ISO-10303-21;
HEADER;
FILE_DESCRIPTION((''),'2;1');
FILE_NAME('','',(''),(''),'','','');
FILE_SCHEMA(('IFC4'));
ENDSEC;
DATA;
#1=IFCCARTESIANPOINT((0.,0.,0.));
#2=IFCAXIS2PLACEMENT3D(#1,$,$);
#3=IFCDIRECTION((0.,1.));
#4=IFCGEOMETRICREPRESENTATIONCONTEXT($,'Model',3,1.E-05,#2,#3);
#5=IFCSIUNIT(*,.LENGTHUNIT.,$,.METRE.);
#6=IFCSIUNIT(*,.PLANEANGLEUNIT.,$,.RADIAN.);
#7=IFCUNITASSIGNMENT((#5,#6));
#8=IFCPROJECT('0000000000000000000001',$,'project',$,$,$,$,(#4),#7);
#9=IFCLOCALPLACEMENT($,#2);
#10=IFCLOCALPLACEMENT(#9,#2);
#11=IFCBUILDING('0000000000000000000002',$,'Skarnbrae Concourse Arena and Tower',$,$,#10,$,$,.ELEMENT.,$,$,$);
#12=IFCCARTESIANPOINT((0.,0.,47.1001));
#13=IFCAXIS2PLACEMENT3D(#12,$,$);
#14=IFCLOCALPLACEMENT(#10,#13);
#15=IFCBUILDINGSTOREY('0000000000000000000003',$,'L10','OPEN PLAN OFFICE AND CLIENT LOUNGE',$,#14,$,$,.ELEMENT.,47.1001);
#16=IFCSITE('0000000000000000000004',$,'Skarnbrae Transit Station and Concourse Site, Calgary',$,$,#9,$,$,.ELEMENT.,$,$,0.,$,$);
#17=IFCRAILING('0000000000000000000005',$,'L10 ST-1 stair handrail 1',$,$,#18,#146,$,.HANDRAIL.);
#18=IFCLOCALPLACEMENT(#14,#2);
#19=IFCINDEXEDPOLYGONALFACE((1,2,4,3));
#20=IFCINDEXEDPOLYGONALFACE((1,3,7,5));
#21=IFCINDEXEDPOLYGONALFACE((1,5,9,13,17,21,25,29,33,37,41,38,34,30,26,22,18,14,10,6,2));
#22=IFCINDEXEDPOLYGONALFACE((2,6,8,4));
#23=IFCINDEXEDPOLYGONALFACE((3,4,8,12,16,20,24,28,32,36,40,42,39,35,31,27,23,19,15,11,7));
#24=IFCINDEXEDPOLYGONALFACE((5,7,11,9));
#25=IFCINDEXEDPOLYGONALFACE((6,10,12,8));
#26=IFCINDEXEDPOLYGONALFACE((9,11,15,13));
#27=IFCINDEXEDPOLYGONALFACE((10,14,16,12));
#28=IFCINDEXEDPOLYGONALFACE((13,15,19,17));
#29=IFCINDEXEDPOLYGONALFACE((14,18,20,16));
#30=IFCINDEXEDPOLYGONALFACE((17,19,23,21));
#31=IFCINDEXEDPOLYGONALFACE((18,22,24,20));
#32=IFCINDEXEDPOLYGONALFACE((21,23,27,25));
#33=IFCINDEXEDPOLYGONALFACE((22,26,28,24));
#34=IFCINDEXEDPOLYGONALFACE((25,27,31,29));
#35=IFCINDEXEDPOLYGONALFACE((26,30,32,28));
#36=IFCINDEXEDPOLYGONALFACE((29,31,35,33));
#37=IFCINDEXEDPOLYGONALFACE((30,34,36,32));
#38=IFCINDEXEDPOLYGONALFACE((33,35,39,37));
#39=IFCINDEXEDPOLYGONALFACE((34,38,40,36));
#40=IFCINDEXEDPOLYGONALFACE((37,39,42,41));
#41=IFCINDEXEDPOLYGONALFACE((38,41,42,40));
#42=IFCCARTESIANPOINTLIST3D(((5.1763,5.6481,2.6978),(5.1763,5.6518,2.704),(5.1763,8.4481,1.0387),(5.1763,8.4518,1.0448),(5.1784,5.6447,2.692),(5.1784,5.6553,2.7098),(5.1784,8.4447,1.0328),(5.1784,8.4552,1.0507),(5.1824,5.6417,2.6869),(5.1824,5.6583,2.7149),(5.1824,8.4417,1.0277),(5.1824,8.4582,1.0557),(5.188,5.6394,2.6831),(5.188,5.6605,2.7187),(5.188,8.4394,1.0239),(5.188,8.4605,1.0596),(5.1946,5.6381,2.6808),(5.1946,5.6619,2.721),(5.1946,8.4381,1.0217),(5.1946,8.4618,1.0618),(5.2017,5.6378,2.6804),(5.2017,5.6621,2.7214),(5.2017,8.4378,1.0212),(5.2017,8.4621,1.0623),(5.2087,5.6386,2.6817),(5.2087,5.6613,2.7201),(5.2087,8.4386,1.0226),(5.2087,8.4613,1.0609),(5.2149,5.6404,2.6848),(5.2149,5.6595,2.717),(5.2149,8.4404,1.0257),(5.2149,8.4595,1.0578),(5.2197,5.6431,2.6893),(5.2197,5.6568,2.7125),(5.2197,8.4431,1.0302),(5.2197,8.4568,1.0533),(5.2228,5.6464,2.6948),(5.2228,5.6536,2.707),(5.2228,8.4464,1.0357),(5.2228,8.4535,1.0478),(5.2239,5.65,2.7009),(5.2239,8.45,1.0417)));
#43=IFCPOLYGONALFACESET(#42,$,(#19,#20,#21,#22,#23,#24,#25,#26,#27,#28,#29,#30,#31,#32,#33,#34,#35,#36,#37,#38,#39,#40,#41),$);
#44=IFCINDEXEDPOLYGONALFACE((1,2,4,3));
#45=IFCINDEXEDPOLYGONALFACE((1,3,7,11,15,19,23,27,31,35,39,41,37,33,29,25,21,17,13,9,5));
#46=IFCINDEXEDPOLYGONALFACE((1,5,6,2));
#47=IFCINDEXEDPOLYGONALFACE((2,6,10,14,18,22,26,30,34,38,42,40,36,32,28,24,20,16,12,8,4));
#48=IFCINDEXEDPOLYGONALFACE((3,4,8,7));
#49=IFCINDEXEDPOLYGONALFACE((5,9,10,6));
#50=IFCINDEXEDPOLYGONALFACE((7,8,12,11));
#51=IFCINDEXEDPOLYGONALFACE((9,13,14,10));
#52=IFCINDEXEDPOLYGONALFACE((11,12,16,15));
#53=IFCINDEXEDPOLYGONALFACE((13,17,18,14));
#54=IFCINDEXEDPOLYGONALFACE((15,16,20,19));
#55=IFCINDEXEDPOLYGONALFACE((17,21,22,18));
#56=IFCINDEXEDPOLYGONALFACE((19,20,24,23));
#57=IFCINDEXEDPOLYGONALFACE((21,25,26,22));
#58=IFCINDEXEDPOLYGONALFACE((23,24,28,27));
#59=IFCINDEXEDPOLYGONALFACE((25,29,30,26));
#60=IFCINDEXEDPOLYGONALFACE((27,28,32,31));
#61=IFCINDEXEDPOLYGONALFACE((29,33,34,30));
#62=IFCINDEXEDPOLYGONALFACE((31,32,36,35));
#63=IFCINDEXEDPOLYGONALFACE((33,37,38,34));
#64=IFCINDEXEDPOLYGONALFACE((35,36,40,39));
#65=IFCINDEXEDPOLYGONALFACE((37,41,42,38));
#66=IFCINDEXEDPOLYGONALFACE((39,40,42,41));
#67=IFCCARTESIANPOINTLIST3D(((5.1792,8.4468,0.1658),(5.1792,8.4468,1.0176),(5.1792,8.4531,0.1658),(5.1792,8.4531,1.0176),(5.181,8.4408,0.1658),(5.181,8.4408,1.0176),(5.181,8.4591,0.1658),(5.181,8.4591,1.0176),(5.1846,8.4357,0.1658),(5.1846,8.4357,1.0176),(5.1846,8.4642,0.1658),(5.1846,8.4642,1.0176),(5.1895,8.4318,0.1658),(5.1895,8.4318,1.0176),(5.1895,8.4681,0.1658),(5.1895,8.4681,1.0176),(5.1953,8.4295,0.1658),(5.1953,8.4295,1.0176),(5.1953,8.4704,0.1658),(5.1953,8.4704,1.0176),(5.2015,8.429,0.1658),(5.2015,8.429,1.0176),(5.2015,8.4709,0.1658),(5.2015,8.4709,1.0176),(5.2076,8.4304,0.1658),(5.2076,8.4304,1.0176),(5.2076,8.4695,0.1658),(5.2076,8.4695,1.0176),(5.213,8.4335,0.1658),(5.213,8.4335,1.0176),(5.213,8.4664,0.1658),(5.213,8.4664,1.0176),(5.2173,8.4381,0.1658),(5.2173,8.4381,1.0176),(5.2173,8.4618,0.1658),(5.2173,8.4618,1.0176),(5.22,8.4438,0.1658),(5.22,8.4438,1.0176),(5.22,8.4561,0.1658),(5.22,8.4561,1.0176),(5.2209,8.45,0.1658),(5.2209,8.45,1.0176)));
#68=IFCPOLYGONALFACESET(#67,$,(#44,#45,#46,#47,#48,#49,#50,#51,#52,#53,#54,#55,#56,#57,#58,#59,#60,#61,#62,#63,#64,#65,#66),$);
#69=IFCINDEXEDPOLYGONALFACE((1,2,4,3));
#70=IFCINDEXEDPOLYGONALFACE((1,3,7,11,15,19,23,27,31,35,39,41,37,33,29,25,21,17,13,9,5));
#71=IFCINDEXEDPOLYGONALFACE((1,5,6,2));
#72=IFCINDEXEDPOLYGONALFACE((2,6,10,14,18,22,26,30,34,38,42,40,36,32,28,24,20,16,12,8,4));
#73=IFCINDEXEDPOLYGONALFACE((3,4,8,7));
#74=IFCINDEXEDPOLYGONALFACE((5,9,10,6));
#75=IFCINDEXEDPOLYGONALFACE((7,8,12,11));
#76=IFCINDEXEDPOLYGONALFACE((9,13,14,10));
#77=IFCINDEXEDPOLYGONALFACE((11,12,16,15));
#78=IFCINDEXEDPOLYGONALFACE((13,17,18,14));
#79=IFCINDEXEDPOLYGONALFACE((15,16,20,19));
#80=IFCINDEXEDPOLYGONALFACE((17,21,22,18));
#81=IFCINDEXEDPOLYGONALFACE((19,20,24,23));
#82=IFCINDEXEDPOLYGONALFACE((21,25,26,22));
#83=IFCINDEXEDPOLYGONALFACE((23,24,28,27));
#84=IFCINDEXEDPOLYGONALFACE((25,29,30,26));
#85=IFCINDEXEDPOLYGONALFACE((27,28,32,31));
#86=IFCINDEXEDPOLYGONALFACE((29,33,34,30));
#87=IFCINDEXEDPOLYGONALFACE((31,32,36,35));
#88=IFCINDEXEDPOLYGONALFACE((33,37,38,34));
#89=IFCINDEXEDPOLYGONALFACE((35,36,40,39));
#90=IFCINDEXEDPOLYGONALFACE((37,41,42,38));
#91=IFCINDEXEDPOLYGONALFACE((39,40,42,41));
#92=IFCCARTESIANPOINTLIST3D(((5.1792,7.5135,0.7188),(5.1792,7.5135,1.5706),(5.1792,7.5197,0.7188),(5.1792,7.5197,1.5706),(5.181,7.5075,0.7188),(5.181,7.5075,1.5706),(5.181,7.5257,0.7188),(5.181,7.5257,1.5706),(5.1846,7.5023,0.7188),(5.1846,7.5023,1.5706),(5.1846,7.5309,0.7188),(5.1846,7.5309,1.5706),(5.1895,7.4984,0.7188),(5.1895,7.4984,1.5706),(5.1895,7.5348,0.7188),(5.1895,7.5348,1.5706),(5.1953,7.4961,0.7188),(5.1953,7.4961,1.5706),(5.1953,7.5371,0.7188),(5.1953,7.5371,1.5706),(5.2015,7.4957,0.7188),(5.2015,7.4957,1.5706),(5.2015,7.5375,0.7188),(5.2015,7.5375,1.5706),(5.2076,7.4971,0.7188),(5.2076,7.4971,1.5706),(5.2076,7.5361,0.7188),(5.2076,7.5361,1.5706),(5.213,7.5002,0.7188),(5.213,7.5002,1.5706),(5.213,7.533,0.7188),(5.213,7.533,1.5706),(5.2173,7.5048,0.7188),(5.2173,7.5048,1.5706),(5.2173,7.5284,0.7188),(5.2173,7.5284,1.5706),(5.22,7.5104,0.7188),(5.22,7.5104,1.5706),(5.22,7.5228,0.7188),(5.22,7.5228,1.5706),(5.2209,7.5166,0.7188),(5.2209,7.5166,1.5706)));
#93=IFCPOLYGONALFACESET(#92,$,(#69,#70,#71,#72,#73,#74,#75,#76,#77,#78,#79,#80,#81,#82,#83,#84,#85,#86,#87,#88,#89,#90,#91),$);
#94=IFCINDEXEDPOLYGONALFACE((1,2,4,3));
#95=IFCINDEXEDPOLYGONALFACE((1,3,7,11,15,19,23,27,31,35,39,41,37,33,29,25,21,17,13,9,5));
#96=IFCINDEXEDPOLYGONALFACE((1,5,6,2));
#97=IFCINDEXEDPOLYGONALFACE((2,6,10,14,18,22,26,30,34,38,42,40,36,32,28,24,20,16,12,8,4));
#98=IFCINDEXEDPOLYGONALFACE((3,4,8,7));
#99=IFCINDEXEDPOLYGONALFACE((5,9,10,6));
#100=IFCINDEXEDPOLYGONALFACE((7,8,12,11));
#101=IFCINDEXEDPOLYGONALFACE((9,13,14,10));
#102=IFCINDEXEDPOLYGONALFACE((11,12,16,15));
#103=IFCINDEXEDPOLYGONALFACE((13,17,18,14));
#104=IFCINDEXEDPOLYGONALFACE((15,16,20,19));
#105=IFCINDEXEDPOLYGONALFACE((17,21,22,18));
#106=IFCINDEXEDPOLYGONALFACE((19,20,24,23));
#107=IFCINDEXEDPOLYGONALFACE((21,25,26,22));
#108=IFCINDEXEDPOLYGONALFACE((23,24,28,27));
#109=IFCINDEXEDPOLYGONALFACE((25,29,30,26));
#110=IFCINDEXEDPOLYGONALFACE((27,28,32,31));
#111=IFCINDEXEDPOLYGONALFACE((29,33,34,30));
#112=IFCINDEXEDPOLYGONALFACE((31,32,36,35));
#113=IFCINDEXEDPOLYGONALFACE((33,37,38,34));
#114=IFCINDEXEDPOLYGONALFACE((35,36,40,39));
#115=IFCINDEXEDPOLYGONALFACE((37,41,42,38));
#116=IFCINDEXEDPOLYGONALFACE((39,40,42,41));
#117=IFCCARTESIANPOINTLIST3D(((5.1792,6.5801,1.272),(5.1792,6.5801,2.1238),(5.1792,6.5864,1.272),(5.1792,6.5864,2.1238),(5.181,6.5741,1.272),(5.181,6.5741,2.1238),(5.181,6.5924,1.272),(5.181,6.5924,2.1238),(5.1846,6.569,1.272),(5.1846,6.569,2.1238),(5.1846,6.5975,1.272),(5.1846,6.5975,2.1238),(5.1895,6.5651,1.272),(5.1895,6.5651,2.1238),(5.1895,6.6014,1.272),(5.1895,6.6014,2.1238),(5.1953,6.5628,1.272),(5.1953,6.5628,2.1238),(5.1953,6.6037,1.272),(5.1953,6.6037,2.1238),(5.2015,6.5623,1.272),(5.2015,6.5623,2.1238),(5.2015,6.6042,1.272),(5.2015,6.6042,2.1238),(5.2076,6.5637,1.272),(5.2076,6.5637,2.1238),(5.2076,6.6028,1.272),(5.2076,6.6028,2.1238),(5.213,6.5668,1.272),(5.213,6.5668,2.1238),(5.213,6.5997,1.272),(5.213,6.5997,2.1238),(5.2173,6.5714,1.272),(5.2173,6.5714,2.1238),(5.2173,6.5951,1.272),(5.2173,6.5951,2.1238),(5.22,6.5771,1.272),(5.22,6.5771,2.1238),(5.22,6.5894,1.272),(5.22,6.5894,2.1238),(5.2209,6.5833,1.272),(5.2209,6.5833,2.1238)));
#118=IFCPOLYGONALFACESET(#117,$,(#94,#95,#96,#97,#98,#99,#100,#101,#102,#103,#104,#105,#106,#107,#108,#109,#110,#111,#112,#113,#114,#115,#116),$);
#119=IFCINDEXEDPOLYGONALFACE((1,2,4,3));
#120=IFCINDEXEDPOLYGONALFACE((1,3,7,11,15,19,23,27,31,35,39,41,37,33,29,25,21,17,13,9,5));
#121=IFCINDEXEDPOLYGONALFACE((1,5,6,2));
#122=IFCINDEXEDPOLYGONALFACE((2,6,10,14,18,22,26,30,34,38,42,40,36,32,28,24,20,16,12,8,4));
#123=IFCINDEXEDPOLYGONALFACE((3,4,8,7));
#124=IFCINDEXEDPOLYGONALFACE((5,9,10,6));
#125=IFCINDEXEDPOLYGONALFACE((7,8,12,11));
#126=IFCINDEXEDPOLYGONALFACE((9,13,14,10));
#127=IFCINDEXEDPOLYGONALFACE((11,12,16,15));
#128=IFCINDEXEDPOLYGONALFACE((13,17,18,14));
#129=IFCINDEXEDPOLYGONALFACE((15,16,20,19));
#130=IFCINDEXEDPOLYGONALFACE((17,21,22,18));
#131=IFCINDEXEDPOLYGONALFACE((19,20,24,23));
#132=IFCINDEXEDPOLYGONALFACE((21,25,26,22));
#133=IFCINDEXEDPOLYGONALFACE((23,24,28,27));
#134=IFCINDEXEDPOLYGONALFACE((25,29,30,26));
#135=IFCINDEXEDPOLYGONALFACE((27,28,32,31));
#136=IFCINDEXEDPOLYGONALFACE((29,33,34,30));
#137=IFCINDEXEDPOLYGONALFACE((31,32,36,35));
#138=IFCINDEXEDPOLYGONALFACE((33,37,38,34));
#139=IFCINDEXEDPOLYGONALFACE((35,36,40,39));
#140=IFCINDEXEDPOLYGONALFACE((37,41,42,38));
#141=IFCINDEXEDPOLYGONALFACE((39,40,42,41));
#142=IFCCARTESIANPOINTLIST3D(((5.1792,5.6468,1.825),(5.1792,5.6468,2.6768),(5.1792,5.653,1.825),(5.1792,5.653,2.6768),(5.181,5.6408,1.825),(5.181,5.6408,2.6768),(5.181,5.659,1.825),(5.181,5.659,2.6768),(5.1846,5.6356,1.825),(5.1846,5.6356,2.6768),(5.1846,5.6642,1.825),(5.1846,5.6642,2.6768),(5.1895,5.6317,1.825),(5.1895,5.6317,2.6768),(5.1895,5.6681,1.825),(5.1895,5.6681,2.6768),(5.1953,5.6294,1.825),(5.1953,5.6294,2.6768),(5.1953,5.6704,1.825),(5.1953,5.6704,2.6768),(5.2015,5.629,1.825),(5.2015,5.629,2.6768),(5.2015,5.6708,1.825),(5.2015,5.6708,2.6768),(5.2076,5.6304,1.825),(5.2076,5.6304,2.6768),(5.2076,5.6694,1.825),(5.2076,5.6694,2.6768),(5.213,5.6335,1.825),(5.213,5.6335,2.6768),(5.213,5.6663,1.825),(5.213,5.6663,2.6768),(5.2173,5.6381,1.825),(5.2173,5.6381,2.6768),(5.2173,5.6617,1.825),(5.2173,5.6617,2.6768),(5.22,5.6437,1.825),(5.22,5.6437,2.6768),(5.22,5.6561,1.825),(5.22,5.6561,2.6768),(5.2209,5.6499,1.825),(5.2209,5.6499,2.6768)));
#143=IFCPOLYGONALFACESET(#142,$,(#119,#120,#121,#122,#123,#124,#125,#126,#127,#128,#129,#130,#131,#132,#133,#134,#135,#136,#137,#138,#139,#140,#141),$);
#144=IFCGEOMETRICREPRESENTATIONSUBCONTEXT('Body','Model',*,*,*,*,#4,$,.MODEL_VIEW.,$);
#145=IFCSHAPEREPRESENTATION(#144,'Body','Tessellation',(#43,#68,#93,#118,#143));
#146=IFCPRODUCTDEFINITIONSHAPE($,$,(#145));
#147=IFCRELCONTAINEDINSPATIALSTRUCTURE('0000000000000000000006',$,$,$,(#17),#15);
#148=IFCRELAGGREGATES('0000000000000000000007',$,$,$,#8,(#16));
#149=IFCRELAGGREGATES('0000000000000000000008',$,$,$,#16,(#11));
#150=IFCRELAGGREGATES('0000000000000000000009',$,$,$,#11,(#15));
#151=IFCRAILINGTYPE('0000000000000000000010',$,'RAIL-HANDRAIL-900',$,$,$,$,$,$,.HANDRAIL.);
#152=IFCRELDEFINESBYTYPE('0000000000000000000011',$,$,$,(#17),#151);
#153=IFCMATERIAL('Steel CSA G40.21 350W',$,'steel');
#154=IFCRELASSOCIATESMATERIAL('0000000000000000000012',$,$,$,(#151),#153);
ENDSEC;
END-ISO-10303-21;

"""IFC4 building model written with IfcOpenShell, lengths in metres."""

from ifc_helpers import new_model, si_unit, direction, frame, origin, origin_2d, place, context, subcontext, project, spatial, circle, extrude, material, type_object, element, save


model = new_model("IFC4")

# Units and contexts
model_context = context("Model", 3, precision=1e-05, world=origin(), true_north=direction((0.0, 1.0)))
body_context = subcontext(model_context, "Body", "Model", "MODEL_VIEW")
ifc_project = project(units=[si_unit("LENGTHUNIT", "METRE"), si_unit("PLANEANGLEUNIT", "RADIAN")], contexts=[model_context])

# Site, building, storey
site_placement = place(None, origin())
site = spatial("IfcSite", under=ifc_project, at=site_placement, Name="Skarnbrae Transit Station and Concourse Site, Calgary", CompositionType="ELEMENT", RefElevation=0.0)
building_placement = place(site_placement, origin())
building = spatial("IfcBuilding", under=site, at=building_placement, Name="Skarnbrae Concourse Arena and Tower", CompositionType="ELEMENT")
storey_placement = place(building_placement, frame((0.0, 0.0, 47.1001)))
storey = spatial("IfcBuildingStorey", under=building, at=storey_placement, Name="L10", Description="OPEN PLAN OFFICE AND CLIENT LOUNGE", CompositionType="ELEMENT", Elevation=47.1001)

# Shared definitions
ifc_material_1 = material(Name="Steel CSA G40.21 350W", Category="steel")

# Railing
railing_type_1 = type_object("IfcRailingType", Name="RAIL-HANDRAIL-900", PredefinedType="HANDRAIL", material=ifc_material_1)
railing_1_placement = place(storey_placement, frame((5.2, 8.45, 0.1658)))
element("IfcRailing", 1, at=railing_1_placement, inside=storey, type_object=railing_type_1, Name="L10 ST-1 stair handrail 1", PredefinedType="HANDRAIL", context=body_context, shape_type="SweptSolid", body=[
    extrude(circle(Radius=0.0239, at=origin_2d()), frame((0.0, 0.0, 0.876), z_axis=(0.0, -0.860306, 0.509778), x_axis=(1.0, 0.0, 0.0)), (0.0, 0.0, 1.0), 3.2546),
    extrude(circle(Radius=0.021, at=origin_2d()), origin(), (0.0, 0.0, 1.0), 0.8518),
    extrude(circle(Radius=0.021, at=origin_2d()), frame((0.0, -0.9333, 0.553)), (0.0, 0.0, 1.0), 0.8518),
    extrude(circle(Radius=0.021, at=origin_2d()), frame((0.0, -1.8667, 1.1062)), (0.0, 0.0, 1.0), 0.8518),
    extrude(circle(Radius=0.021, at=origin_2d()), frame((0.0, -2.8, 1.6592)), (0.0, 0.0, 1.0), 0.8518),
])

save(model, "model.ifc")
